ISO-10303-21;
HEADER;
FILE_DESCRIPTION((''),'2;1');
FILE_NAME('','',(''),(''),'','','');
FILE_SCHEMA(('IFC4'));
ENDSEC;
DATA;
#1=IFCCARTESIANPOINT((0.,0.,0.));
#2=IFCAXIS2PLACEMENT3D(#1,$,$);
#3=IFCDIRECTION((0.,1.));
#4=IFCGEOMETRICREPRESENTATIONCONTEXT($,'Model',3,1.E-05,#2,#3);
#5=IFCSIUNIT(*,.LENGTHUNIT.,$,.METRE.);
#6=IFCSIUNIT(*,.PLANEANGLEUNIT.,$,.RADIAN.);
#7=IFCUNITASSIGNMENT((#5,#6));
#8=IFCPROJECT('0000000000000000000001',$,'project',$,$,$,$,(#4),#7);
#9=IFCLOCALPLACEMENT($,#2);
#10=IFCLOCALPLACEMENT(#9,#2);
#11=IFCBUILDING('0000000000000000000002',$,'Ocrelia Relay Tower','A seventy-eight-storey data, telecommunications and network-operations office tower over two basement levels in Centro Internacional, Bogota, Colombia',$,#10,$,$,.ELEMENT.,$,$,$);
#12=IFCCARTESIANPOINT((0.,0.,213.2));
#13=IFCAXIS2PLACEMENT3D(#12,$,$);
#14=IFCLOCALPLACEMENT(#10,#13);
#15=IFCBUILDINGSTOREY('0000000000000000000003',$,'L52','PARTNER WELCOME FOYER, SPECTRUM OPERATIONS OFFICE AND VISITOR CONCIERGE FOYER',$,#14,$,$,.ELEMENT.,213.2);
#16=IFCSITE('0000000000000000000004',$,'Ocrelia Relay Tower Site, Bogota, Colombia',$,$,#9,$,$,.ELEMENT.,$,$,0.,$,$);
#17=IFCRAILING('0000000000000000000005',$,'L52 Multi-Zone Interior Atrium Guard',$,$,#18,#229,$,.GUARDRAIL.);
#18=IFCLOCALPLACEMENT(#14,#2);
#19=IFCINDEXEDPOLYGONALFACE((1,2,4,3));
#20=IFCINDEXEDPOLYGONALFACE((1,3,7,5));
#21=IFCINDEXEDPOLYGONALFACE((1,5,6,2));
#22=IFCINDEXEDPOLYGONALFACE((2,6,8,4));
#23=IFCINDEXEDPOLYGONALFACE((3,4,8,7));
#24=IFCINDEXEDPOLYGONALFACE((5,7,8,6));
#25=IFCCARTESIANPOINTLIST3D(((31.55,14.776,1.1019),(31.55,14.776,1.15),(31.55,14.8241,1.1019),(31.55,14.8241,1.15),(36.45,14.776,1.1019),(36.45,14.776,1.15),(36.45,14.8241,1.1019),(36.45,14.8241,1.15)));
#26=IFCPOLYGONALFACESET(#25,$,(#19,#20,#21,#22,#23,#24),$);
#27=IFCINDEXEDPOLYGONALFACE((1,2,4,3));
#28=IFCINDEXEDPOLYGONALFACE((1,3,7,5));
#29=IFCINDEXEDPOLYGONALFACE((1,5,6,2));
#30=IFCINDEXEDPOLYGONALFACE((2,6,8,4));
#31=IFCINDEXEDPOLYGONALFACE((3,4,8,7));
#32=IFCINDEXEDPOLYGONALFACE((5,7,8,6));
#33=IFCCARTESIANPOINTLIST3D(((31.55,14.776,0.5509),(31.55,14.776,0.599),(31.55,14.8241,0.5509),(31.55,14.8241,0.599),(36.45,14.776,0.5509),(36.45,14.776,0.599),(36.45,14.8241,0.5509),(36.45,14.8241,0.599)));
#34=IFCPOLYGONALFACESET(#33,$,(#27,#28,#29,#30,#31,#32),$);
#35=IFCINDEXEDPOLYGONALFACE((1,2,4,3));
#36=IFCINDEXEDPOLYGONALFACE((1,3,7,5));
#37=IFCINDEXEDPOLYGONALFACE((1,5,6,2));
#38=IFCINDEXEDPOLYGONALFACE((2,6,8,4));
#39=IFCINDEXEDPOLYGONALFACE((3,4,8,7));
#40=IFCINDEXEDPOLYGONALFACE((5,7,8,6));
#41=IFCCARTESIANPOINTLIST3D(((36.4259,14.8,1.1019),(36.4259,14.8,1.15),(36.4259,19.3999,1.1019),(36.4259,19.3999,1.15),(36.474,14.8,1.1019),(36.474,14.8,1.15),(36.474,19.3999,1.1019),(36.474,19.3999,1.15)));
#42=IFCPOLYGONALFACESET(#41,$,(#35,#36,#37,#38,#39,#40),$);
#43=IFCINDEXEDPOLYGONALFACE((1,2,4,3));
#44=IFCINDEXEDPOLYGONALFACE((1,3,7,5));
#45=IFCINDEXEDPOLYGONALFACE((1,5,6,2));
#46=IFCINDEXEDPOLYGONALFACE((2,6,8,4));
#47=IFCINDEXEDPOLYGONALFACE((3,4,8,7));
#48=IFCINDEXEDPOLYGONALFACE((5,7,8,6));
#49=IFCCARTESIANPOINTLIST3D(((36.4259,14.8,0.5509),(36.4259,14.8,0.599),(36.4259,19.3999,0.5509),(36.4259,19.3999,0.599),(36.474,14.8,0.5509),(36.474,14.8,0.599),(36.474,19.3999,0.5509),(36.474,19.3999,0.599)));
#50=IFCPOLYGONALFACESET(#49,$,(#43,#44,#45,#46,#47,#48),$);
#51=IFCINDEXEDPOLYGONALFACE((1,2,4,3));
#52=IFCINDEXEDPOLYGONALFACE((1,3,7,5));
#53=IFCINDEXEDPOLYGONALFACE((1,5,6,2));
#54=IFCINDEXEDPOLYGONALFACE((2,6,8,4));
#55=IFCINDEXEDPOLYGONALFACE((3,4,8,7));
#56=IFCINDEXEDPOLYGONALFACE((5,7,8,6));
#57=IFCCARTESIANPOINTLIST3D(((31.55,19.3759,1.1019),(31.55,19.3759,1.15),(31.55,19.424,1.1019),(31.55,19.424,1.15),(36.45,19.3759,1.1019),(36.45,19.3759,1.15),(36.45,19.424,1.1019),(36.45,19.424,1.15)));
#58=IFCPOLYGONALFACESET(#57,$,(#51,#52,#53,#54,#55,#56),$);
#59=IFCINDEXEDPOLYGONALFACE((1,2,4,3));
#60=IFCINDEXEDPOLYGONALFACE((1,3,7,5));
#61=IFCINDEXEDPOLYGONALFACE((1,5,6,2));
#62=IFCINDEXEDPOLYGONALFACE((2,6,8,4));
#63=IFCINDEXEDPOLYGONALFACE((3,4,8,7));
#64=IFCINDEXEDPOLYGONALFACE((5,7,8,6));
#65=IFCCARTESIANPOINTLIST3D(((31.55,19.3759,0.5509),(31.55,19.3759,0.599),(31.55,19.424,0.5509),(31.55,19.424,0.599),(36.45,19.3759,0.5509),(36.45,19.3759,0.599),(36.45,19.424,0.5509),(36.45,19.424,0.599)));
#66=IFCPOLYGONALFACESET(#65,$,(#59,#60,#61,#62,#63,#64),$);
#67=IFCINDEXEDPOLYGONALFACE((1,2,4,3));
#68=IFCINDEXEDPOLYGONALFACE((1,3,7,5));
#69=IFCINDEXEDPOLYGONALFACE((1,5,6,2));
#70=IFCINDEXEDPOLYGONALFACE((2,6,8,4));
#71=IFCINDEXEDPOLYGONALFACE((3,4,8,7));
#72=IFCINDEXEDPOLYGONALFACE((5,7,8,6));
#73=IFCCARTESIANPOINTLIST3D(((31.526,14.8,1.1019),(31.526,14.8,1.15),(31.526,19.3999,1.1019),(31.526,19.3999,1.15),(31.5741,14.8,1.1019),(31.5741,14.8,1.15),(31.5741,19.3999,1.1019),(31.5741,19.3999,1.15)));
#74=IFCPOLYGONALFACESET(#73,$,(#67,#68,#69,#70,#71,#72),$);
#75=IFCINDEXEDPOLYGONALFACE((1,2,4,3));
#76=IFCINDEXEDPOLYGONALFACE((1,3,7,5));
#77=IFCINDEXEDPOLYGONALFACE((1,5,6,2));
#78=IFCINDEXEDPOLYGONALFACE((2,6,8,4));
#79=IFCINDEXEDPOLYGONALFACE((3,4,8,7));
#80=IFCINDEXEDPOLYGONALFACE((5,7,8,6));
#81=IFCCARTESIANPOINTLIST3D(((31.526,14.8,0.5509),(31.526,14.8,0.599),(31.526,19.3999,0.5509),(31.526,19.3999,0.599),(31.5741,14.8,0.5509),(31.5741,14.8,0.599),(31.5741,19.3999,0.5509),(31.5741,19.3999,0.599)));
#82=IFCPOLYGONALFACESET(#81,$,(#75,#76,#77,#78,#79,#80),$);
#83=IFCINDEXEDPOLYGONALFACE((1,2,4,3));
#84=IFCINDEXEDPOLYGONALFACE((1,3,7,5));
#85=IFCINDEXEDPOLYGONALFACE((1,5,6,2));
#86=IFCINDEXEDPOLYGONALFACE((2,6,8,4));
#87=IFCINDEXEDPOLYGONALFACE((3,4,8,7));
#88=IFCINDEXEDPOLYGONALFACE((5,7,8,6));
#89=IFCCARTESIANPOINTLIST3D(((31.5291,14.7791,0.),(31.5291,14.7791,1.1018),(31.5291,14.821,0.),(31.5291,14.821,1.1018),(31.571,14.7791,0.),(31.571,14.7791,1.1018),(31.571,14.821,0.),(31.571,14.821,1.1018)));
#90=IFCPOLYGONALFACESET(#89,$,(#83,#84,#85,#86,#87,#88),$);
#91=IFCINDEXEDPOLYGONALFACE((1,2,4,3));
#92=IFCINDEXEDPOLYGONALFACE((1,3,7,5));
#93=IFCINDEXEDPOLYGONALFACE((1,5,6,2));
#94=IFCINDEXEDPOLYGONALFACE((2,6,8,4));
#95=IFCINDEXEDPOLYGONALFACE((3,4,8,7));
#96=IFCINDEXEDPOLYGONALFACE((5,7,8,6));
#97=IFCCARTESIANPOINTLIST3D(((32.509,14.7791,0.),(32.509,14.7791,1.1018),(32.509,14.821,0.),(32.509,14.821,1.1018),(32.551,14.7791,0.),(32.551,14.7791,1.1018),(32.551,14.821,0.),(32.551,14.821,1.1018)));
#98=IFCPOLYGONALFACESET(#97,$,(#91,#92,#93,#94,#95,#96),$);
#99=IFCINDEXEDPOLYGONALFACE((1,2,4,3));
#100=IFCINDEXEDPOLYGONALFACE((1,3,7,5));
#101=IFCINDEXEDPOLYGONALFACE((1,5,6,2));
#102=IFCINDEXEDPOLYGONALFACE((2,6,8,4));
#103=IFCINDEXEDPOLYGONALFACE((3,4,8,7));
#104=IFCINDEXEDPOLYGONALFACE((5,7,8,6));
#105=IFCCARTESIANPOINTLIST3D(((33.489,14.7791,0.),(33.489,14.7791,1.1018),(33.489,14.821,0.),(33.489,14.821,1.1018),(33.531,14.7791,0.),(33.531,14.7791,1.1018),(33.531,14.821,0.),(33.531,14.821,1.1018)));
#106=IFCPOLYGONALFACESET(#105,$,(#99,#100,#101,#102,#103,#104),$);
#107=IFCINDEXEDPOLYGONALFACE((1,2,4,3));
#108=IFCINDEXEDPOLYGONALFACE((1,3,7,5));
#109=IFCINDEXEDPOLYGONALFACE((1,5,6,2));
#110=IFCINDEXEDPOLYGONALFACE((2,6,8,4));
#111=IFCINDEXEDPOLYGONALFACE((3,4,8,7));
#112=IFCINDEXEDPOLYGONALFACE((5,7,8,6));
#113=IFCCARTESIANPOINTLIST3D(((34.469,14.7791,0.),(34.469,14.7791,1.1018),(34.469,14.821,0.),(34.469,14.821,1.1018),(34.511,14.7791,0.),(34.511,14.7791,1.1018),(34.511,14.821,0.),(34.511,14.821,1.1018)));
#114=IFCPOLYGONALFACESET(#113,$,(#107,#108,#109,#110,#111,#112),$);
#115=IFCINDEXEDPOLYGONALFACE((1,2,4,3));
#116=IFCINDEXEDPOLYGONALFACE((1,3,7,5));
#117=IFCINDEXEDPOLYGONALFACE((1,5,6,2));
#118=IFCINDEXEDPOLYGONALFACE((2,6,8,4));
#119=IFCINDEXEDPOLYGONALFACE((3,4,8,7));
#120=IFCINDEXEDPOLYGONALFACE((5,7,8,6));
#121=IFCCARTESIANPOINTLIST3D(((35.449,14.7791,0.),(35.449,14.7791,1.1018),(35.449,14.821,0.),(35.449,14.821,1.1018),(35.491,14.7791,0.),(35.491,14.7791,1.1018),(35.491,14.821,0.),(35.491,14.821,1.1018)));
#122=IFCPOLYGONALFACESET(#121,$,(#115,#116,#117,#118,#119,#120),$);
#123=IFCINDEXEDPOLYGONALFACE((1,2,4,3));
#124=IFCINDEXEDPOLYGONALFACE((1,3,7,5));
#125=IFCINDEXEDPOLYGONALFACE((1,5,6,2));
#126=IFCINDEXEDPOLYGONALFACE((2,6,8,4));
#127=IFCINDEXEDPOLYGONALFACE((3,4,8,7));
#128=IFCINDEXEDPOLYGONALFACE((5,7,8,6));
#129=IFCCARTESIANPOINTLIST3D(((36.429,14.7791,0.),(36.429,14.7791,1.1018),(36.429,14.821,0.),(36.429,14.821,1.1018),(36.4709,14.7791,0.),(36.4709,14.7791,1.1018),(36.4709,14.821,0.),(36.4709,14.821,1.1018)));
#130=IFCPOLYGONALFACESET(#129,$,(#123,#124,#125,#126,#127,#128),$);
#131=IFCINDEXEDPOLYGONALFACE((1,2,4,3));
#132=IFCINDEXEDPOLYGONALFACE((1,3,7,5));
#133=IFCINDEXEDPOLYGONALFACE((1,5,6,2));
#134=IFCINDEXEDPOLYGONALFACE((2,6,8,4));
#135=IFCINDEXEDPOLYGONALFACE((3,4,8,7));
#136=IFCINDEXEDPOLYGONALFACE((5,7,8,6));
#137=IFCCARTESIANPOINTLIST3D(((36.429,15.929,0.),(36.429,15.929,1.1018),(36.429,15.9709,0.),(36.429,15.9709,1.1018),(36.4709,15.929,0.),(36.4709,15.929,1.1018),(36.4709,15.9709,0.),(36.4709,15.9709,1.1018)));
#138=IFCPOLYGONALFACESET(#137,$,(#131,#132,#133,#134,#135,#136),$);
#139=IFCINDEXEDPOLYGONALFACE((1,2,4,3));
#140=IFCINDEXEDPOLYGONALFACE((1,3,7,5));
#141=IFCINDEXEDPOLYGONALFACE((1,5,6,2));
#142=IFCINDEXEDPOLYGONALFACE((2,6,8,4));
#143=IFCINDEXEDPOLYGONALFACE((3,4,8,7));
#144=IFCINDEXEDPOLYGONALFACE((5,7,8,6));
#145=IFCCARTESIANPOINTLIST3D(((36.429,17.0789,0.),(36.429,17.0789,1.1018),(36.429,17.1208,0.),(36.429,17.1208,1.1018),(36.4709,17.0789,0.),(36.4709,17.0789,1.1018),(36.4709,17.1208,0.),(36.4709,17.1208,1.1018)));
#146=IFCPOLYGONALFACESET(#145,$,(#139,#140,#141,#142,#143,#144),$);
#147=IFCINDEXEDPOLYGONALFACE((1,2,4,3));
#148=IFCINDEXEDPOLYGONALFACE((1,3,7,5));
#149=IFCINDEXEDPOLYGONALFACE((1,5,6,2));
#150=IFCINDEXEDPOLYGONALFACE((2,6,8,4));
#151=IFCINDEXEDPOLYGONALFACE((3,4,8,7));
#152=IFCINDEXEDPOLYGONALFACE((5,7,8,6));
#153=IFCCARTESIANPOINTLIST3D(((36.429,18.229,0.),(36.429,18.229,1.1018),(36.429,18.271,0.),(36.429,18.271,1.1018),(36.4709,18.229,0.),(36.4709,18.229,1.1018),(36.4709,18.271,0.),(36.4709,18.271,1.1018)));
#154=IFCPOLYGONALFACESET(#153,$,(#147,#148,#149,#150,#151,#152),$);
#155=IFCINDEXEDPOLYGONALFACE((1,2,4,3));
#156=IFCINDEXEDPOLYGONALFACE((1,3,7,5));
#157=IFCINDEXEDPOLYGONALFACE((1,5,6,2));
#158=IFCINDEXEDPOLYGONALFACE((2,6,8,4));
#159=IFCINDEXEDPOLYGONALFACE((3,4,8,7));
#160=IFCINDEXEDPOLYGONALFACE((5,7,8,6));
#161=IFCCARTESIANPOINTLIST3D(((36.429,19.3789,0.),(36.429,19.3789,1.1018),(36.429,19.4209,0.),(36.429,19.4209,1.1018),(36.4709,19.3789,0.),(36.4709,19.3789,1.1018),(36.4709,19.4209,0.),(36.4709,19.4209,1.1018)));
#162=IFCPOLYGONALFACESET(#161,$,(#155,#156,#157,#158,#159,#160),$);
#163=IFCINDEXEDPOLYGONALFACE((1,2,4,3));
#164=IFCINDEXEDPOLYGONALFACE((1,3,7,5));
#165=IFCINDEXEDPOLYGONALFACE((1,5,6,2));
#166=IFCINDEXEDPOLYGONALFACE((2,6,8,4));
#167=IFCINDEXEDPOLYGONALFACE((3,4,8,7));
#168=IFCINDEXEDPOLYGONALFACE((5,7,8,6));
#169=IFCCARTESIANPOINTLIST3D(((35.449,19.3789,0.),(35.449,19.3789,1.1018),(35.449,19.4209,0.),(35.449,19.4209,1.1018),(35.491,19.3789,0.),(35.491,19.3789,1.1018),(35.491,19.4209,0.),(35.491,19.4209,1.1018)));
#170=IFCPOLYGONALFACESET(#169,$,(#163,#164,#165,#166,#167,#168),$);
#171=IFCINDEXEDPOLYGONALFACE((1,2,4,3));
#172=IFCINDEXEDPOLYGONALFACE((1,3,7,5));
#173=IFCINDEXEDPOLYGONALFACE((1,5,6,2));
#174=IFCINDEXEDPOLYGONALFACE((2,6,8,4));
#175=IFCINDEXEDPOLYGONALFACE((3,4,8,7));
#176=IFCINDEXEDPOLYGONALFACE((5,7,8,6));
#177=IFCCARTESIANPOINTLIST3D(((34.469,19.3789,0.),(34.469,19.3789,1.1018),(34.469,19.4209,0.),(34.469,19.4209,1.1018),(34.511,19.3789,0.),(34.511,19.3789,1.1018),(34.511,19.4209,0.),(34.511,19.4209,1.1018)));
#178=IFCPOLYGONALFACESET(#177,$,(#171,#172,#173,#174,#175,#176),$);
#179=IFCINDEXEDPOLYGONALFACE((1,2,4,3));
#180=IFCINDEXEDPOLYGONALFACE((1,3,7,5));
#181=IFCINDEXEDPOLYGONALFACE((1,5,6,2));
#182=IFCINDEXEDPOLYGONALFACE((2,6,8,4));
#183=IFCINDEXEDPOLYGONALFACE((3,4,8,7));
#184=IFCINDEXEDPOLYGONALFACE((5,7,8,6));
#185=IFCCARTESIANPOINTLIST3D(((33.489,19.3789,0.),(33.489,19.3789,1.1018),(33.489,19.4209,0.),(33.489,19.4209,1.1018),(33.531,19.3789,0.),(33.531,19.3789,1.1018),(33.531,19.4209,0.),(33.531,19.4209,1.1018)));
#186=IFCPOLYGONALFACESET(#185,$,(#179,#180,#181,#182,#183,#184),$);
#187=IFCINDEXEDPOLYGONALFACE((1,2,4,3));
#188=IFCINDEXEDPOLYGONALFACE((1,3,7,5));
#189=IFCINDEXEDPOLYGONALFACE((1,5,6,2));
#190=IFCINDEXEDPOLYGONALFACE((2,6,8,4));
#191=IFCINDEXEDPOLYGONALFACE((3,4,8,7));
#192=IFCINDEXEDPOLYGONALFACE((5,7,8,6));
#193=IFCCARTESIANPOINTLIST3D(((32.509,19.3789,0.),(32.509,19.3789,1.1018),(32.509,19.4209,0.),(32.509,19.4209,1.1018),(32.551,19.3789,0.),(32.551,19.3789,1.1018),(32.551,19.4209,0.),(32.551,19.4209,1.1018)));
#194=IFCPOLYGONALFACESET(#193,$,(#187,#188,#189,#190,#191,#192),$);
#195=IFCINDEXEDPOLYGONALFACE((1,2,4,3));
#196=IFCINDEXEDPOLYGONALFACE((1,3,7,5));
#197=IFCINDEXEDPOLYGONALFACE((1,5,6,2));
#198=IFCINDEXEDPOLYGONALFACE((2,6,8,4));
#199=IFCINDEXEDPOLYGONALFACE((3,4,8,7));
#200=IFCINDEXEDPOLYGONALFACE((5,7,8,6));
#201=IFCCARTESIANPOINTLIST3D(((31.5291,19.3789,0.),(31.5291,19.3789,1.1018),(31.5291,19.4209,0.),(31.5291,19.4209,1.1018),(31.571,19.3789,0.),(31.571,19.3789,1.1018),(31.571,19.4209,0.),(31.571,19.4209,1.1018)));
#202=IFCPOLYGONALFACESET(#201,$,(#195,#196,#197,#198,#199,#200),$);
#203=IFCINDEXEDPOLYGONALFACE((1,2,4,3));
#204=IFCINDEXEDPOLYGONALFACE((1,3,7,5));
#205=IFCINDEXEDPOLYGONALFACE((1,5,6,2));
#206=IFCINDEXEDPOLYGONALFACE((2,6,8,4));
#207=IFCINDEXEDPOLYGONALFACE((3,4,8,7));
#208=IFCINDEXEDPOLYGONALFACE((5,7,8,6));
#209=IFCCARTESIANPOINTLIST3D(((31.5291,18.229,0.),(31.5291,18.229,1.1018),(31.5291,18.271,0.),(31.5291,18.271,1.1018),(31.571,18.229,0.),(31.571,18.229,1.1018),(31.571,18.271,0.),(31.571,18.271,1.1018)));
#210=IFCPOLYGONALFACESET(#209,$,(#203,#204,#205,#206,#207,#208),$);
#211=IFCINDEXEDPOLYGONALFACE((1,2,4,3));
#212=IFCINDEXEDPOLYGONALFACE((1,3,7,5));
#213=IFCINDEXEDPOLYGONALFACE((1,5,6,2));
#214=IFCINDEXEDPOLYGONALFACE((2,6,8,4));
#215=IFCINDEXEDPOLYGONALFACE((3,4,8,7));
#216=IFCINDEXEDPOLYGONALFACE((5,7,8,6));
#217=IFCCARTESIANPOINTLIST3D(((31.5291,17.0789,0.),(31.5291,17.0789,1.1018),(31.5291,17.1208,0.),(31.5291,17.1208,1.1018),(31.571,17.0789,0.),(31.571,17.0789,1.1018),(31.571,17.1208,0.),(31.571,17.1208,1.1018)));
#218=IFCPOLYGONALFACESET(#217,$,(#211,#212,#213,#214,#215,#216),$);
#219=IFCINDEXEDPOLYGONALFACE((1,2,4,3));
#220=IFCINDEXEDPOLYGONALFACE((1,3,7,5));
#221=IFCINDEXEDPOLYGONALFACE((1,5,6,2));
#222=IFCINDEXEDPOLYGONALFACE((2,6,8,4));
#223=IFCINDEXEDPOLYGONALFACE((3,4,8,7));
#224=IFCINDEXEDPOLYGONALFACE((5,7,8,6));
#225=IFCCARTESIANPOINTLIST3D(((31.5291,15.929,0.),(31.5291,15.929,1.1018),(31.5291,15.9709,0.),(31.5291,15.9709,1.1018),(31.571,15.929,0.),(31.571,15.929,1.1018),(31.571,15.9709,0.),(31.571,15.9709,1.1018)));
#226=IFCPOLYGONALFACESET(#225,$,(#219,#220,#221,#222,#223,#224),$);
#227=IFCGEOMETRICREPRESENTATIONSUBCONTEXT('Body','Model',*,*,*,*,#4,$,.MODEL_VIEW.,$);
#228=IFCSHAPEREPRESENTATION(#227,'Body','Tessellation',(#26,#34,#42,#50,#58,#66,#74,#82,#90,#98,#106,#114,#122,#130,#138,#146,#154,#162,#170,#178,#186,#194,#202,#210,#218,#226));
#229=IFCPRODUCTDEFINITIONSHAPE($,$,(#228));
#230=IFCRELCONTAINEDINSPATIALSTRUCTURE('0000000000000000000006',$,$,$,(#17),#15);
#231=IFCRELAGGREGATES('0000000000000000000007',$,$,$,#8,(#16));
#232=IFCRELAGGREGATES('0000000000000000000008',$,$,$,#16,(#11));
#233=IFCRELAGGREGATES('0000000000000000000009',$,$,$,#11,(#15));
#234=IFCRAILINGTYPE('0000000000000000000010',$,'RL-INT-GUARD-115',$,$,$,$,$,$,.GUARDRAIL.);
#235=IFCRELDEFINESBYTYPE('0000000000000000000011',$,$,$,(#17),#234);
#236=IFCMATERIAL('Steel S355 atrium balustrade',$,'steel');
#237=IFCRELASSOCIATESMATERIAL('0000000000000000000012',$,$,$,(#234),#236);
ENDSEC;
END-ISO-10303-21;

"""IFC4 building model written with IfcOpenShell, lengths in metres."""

from ifc_helpers import new_model, si_unit, direction, frame, origin, origin_2d, place, context, subcontext, project, spatial, rectangle, extrude, material, type_object, element, save


model = new_model("IFC4")

# Units and contexts
model_context = context("Model", 3, precision=1e-05, world=origin(), true_north=direction((0.0, 1.0)))
body_context = subcontext(model_context, "Body", "Model", "MODEL_VIEW")
ifc_project = project(units=[si_unit("LENGTHUNIT", "METRE"), si_unit("PLANEANGLEUNIT", "RADIAN")], contexts=[model_context])

# Site, building, storey
site_placement = place(None, origin())
site = spatial("IfcSite", under=ifc_project, at=site_placement, Name="Ocrelia Relay Tower Site, Bogota, Colombia", CompositionType="ELEMENT", RefElevation=0.0)
building_placement = place(site_placement, origin())
building = spatial("IfcBuilding", under=site, at=building_placement, Name="Ocrelia Relay Tower", Description="A seventy-eight-storey data, telecommunications and network-operations office tower over two basement levels in Centro Internacional, Bogota, Colombia", CompositionType="ELEMENT")
storey_placement = place(building_placement, frame((0.0, 0.0, 213.2)))
storey = spatial("IfcBuildingStorey", under=building, at=storey_placement, Name="L52", Description="PARTNER WELCOME FOYER, SPECTRUM OPERATIONS OFFICE AND VISITOR CONCIERGE FOYER", CompositionType="ELEMENT", Elevation=213.2)

# Railing
ifc_material_1 = material(Name="Steel S355 atrium balustrade", Category="steel")
railing_type_1 = type_object("IfcRailingType", Name="RL-INT-GUARD-115", PredefinedType="GUARDRAIL", material=ifc_material_1)
railing_1_placement = place(storey_placement, frame((31.55, 14.8, 0.0)))
element("IfcRailing", 1, at=railing_1_placement, inside=storey, type_object=railing_type_1, Name="L52 Multi-Zone Interior Atrium Guard", PredefinedType="GUARDRAIL", context=body_context, shape_type="SweptSolid", body=[
    extrude(rectangle(XDim=0.0481, YDim=0.0481, at=origin_2d()), frame((0.0, 0.0, 1.126), z_axis=(1.0, 0.0, 0.0), x_axis=(0.0, 1.0, 0.0)), (0.0, 0.0, 1.0), 4.8999),
    extrude(rectangle(XDim=0.0481, YDim=0.0481, at=origin_2d()), frame((0.0, 0.0, 0.575), z_axis=(1.0, 0.0, 0.0), x_axis=(0.0, 1.0, 0.0)), (0.0, 0.0, 1.0), 4.8999),
    extrude(rectangle(XDim=0.0481, YDim=0.0481, at=origin_2d()), frame((4.8999, 0.0, 1.126), z_axis=(0.0, 1.0, 0.0), x_axis=(-1.0, 0.0, 0.0)), (0.0, 0.0, 1.0), 4.5999),
    extrude(rectangle(XDim=0.0481, YDim=0.0481, at=origin_2d()), frame((4.8999, 0.0, 0.575), z_axis=(0.0, 1.0, 0.0), x_axis=(-1.0, 0.0, 0.0)), (0.0, 0.0, 1.0), 4.5999),
    extrude(rectangle(XDim=0.0481, YDim=0.0481, at=origin_2d()), frame((4.8999, 4.5999, 1.126), z_axis=(-1.0, 0.0, 0.0), x_axis=(0.0, -1.0, 0.0)), (0.0, 0.0, 1.0), 4.8999),
    extrude(rectangle(XDim=0.0481, YDim=0.0481, at=origin_2d()), frame((4.8999, 4.5999, 0.575), z_axis=(-1.0, 0.0, 0.0), x_axis=(0.0, -1.0, 0.0)), (0.0, 0.0, 1.0), 4.8999),
    extrude(rectangle(XDim=0.0481, YDim=0.0481, at=origin_2d()), frame((0.0, 4.5999, 1.126), z_axis=(0.0, -1.0, 0.0), x_axis=(1.0, 0.0, 0.0)), (0.0, 0.0, 1.0), 4.5999),
    extrude(rectangle(XDim=0.0481, YDim=0.0481, at=origin_2d()), frame((0.0, 4.5999, 0.575), z_axis=(0.0, -1.0, 0.0), x_axis=(1.0, 0.0, 0.0)), (0.0, 0.0, 1.0), 4.5999),
    extrude(rectangle(XDim=0.042, YDim=0.042, at=origin_2d()), origin(), (0.0, 0.0, 1.0), 1.1018),
    extrude(rectangle(XDim=0.042, YDim=0.042, at=origin_2d()), frame((0.98, 0.0, 0.0)), (0.0, 0.0, 1.0), 1.1018),
    extrude(rectangle(XDim=0.042, YDim=0.042, at=origin_2d()), frame((1.96, 0.0, 0.0)), (0.0, 0.0, 1.0), 1.1018),
    extrude(rectangle(XDim=0.042, YDim=0.042, at=origin_2d()), frame((2.9399, 0.0, 0.0)), (0.0, 0.0, 1.0), 1.1018),
    extrude(rectangle(XDim=0.042, YDim=0.042, at=origin_2d()), frame((3.9199, 0.0, 0.0)), (0.0, 0.0, 1.0), 1.1018),
    extrude(rectangle(XDim=0.042, YDim=0.042, at=origin_2d()), frame((4.8999, 0.0, 0.0)), (0.0, 0.0, 1.0), 1.1018),
    extrude(rectangle(XDim=0.042, YDim=0.042, at=origin_2d()), frame((4.8999, 1.1499, 0.0)), (0.0, 0.0, 1.0), 1.1018),
    extrude(rectangle(XDim=0.042, YDim=0.042, at=origin_2d()), frame((4.8999, 2.2998, 0.0)), (0.0, 0.0, 1.0), 1.1018),
    extrude(rectangle(XDim=0.042, YDim=0.042, at=origin_2d()), frame((4.8999, 3.45, 0.0)), (0.0, 0.0, 1.0), 1.1018),
    extrude(rectangle(XDim=0.042, YDim=0.042, at=origin_2d()), frame((4.8999, 4.5999, 0.0)), (0.0, 0.0, 1.0), 1.1018),
    extrude(rectangle(XDim=0.042, YDim=0.042, at=origin_2d()), frame((3.9199, 4.5999, 0.0)), (0.0, 0.0, 1.0), 1.1018),
    extrude(rectangle(XDim=0.042, YDim=0.042, at=origin_2d()), frame((2.9399, 4.5999, 0.0)), (0.0, 0.0, 1.0), 1.1018),
    extrude(rectangle(XDim=0.042, YDim=0.042, at=origin_2d()), frame((1.96, 4.5999, 0.0)), (0.0, 0.0, 1.0), 1.1018),
    extrude(rectangle(XDim=0.042, YDim=0.042, at=origin_2d()), frame((0.98, 4.5999, 0.0)), (0.0, 0.0, 1.0), 1.1018),
    extrude(rectangle(XDim=0.042, YDim=0.042, at=origin_2d()), frame((0.0, 4.5999, 0.0)), (0.0, 0.0, 1.0), 1.1018),
    extrude(rectangle(XDim=0.042, YDim=0.042, at=origin_2d()), frame((0.0, 3.45, 0.0)), (0.0, 0.0, 1.0), 1.1018),
    extrude(rectangle(XDim=0.042, YDim=0.042, at=origin_2d()), frame((0.0, 2.2998, 0.0)), (0.0, 0.0, 1.0), 1.1018),
    extrude(rectangle(XDim=0.042, YDim=0.042, at=origin_2d()), frame((0.0, 1.1499, 0.0)), (0.0, 0.0, 1.0), 1.1018),
])

save(model, "model.ifc")
